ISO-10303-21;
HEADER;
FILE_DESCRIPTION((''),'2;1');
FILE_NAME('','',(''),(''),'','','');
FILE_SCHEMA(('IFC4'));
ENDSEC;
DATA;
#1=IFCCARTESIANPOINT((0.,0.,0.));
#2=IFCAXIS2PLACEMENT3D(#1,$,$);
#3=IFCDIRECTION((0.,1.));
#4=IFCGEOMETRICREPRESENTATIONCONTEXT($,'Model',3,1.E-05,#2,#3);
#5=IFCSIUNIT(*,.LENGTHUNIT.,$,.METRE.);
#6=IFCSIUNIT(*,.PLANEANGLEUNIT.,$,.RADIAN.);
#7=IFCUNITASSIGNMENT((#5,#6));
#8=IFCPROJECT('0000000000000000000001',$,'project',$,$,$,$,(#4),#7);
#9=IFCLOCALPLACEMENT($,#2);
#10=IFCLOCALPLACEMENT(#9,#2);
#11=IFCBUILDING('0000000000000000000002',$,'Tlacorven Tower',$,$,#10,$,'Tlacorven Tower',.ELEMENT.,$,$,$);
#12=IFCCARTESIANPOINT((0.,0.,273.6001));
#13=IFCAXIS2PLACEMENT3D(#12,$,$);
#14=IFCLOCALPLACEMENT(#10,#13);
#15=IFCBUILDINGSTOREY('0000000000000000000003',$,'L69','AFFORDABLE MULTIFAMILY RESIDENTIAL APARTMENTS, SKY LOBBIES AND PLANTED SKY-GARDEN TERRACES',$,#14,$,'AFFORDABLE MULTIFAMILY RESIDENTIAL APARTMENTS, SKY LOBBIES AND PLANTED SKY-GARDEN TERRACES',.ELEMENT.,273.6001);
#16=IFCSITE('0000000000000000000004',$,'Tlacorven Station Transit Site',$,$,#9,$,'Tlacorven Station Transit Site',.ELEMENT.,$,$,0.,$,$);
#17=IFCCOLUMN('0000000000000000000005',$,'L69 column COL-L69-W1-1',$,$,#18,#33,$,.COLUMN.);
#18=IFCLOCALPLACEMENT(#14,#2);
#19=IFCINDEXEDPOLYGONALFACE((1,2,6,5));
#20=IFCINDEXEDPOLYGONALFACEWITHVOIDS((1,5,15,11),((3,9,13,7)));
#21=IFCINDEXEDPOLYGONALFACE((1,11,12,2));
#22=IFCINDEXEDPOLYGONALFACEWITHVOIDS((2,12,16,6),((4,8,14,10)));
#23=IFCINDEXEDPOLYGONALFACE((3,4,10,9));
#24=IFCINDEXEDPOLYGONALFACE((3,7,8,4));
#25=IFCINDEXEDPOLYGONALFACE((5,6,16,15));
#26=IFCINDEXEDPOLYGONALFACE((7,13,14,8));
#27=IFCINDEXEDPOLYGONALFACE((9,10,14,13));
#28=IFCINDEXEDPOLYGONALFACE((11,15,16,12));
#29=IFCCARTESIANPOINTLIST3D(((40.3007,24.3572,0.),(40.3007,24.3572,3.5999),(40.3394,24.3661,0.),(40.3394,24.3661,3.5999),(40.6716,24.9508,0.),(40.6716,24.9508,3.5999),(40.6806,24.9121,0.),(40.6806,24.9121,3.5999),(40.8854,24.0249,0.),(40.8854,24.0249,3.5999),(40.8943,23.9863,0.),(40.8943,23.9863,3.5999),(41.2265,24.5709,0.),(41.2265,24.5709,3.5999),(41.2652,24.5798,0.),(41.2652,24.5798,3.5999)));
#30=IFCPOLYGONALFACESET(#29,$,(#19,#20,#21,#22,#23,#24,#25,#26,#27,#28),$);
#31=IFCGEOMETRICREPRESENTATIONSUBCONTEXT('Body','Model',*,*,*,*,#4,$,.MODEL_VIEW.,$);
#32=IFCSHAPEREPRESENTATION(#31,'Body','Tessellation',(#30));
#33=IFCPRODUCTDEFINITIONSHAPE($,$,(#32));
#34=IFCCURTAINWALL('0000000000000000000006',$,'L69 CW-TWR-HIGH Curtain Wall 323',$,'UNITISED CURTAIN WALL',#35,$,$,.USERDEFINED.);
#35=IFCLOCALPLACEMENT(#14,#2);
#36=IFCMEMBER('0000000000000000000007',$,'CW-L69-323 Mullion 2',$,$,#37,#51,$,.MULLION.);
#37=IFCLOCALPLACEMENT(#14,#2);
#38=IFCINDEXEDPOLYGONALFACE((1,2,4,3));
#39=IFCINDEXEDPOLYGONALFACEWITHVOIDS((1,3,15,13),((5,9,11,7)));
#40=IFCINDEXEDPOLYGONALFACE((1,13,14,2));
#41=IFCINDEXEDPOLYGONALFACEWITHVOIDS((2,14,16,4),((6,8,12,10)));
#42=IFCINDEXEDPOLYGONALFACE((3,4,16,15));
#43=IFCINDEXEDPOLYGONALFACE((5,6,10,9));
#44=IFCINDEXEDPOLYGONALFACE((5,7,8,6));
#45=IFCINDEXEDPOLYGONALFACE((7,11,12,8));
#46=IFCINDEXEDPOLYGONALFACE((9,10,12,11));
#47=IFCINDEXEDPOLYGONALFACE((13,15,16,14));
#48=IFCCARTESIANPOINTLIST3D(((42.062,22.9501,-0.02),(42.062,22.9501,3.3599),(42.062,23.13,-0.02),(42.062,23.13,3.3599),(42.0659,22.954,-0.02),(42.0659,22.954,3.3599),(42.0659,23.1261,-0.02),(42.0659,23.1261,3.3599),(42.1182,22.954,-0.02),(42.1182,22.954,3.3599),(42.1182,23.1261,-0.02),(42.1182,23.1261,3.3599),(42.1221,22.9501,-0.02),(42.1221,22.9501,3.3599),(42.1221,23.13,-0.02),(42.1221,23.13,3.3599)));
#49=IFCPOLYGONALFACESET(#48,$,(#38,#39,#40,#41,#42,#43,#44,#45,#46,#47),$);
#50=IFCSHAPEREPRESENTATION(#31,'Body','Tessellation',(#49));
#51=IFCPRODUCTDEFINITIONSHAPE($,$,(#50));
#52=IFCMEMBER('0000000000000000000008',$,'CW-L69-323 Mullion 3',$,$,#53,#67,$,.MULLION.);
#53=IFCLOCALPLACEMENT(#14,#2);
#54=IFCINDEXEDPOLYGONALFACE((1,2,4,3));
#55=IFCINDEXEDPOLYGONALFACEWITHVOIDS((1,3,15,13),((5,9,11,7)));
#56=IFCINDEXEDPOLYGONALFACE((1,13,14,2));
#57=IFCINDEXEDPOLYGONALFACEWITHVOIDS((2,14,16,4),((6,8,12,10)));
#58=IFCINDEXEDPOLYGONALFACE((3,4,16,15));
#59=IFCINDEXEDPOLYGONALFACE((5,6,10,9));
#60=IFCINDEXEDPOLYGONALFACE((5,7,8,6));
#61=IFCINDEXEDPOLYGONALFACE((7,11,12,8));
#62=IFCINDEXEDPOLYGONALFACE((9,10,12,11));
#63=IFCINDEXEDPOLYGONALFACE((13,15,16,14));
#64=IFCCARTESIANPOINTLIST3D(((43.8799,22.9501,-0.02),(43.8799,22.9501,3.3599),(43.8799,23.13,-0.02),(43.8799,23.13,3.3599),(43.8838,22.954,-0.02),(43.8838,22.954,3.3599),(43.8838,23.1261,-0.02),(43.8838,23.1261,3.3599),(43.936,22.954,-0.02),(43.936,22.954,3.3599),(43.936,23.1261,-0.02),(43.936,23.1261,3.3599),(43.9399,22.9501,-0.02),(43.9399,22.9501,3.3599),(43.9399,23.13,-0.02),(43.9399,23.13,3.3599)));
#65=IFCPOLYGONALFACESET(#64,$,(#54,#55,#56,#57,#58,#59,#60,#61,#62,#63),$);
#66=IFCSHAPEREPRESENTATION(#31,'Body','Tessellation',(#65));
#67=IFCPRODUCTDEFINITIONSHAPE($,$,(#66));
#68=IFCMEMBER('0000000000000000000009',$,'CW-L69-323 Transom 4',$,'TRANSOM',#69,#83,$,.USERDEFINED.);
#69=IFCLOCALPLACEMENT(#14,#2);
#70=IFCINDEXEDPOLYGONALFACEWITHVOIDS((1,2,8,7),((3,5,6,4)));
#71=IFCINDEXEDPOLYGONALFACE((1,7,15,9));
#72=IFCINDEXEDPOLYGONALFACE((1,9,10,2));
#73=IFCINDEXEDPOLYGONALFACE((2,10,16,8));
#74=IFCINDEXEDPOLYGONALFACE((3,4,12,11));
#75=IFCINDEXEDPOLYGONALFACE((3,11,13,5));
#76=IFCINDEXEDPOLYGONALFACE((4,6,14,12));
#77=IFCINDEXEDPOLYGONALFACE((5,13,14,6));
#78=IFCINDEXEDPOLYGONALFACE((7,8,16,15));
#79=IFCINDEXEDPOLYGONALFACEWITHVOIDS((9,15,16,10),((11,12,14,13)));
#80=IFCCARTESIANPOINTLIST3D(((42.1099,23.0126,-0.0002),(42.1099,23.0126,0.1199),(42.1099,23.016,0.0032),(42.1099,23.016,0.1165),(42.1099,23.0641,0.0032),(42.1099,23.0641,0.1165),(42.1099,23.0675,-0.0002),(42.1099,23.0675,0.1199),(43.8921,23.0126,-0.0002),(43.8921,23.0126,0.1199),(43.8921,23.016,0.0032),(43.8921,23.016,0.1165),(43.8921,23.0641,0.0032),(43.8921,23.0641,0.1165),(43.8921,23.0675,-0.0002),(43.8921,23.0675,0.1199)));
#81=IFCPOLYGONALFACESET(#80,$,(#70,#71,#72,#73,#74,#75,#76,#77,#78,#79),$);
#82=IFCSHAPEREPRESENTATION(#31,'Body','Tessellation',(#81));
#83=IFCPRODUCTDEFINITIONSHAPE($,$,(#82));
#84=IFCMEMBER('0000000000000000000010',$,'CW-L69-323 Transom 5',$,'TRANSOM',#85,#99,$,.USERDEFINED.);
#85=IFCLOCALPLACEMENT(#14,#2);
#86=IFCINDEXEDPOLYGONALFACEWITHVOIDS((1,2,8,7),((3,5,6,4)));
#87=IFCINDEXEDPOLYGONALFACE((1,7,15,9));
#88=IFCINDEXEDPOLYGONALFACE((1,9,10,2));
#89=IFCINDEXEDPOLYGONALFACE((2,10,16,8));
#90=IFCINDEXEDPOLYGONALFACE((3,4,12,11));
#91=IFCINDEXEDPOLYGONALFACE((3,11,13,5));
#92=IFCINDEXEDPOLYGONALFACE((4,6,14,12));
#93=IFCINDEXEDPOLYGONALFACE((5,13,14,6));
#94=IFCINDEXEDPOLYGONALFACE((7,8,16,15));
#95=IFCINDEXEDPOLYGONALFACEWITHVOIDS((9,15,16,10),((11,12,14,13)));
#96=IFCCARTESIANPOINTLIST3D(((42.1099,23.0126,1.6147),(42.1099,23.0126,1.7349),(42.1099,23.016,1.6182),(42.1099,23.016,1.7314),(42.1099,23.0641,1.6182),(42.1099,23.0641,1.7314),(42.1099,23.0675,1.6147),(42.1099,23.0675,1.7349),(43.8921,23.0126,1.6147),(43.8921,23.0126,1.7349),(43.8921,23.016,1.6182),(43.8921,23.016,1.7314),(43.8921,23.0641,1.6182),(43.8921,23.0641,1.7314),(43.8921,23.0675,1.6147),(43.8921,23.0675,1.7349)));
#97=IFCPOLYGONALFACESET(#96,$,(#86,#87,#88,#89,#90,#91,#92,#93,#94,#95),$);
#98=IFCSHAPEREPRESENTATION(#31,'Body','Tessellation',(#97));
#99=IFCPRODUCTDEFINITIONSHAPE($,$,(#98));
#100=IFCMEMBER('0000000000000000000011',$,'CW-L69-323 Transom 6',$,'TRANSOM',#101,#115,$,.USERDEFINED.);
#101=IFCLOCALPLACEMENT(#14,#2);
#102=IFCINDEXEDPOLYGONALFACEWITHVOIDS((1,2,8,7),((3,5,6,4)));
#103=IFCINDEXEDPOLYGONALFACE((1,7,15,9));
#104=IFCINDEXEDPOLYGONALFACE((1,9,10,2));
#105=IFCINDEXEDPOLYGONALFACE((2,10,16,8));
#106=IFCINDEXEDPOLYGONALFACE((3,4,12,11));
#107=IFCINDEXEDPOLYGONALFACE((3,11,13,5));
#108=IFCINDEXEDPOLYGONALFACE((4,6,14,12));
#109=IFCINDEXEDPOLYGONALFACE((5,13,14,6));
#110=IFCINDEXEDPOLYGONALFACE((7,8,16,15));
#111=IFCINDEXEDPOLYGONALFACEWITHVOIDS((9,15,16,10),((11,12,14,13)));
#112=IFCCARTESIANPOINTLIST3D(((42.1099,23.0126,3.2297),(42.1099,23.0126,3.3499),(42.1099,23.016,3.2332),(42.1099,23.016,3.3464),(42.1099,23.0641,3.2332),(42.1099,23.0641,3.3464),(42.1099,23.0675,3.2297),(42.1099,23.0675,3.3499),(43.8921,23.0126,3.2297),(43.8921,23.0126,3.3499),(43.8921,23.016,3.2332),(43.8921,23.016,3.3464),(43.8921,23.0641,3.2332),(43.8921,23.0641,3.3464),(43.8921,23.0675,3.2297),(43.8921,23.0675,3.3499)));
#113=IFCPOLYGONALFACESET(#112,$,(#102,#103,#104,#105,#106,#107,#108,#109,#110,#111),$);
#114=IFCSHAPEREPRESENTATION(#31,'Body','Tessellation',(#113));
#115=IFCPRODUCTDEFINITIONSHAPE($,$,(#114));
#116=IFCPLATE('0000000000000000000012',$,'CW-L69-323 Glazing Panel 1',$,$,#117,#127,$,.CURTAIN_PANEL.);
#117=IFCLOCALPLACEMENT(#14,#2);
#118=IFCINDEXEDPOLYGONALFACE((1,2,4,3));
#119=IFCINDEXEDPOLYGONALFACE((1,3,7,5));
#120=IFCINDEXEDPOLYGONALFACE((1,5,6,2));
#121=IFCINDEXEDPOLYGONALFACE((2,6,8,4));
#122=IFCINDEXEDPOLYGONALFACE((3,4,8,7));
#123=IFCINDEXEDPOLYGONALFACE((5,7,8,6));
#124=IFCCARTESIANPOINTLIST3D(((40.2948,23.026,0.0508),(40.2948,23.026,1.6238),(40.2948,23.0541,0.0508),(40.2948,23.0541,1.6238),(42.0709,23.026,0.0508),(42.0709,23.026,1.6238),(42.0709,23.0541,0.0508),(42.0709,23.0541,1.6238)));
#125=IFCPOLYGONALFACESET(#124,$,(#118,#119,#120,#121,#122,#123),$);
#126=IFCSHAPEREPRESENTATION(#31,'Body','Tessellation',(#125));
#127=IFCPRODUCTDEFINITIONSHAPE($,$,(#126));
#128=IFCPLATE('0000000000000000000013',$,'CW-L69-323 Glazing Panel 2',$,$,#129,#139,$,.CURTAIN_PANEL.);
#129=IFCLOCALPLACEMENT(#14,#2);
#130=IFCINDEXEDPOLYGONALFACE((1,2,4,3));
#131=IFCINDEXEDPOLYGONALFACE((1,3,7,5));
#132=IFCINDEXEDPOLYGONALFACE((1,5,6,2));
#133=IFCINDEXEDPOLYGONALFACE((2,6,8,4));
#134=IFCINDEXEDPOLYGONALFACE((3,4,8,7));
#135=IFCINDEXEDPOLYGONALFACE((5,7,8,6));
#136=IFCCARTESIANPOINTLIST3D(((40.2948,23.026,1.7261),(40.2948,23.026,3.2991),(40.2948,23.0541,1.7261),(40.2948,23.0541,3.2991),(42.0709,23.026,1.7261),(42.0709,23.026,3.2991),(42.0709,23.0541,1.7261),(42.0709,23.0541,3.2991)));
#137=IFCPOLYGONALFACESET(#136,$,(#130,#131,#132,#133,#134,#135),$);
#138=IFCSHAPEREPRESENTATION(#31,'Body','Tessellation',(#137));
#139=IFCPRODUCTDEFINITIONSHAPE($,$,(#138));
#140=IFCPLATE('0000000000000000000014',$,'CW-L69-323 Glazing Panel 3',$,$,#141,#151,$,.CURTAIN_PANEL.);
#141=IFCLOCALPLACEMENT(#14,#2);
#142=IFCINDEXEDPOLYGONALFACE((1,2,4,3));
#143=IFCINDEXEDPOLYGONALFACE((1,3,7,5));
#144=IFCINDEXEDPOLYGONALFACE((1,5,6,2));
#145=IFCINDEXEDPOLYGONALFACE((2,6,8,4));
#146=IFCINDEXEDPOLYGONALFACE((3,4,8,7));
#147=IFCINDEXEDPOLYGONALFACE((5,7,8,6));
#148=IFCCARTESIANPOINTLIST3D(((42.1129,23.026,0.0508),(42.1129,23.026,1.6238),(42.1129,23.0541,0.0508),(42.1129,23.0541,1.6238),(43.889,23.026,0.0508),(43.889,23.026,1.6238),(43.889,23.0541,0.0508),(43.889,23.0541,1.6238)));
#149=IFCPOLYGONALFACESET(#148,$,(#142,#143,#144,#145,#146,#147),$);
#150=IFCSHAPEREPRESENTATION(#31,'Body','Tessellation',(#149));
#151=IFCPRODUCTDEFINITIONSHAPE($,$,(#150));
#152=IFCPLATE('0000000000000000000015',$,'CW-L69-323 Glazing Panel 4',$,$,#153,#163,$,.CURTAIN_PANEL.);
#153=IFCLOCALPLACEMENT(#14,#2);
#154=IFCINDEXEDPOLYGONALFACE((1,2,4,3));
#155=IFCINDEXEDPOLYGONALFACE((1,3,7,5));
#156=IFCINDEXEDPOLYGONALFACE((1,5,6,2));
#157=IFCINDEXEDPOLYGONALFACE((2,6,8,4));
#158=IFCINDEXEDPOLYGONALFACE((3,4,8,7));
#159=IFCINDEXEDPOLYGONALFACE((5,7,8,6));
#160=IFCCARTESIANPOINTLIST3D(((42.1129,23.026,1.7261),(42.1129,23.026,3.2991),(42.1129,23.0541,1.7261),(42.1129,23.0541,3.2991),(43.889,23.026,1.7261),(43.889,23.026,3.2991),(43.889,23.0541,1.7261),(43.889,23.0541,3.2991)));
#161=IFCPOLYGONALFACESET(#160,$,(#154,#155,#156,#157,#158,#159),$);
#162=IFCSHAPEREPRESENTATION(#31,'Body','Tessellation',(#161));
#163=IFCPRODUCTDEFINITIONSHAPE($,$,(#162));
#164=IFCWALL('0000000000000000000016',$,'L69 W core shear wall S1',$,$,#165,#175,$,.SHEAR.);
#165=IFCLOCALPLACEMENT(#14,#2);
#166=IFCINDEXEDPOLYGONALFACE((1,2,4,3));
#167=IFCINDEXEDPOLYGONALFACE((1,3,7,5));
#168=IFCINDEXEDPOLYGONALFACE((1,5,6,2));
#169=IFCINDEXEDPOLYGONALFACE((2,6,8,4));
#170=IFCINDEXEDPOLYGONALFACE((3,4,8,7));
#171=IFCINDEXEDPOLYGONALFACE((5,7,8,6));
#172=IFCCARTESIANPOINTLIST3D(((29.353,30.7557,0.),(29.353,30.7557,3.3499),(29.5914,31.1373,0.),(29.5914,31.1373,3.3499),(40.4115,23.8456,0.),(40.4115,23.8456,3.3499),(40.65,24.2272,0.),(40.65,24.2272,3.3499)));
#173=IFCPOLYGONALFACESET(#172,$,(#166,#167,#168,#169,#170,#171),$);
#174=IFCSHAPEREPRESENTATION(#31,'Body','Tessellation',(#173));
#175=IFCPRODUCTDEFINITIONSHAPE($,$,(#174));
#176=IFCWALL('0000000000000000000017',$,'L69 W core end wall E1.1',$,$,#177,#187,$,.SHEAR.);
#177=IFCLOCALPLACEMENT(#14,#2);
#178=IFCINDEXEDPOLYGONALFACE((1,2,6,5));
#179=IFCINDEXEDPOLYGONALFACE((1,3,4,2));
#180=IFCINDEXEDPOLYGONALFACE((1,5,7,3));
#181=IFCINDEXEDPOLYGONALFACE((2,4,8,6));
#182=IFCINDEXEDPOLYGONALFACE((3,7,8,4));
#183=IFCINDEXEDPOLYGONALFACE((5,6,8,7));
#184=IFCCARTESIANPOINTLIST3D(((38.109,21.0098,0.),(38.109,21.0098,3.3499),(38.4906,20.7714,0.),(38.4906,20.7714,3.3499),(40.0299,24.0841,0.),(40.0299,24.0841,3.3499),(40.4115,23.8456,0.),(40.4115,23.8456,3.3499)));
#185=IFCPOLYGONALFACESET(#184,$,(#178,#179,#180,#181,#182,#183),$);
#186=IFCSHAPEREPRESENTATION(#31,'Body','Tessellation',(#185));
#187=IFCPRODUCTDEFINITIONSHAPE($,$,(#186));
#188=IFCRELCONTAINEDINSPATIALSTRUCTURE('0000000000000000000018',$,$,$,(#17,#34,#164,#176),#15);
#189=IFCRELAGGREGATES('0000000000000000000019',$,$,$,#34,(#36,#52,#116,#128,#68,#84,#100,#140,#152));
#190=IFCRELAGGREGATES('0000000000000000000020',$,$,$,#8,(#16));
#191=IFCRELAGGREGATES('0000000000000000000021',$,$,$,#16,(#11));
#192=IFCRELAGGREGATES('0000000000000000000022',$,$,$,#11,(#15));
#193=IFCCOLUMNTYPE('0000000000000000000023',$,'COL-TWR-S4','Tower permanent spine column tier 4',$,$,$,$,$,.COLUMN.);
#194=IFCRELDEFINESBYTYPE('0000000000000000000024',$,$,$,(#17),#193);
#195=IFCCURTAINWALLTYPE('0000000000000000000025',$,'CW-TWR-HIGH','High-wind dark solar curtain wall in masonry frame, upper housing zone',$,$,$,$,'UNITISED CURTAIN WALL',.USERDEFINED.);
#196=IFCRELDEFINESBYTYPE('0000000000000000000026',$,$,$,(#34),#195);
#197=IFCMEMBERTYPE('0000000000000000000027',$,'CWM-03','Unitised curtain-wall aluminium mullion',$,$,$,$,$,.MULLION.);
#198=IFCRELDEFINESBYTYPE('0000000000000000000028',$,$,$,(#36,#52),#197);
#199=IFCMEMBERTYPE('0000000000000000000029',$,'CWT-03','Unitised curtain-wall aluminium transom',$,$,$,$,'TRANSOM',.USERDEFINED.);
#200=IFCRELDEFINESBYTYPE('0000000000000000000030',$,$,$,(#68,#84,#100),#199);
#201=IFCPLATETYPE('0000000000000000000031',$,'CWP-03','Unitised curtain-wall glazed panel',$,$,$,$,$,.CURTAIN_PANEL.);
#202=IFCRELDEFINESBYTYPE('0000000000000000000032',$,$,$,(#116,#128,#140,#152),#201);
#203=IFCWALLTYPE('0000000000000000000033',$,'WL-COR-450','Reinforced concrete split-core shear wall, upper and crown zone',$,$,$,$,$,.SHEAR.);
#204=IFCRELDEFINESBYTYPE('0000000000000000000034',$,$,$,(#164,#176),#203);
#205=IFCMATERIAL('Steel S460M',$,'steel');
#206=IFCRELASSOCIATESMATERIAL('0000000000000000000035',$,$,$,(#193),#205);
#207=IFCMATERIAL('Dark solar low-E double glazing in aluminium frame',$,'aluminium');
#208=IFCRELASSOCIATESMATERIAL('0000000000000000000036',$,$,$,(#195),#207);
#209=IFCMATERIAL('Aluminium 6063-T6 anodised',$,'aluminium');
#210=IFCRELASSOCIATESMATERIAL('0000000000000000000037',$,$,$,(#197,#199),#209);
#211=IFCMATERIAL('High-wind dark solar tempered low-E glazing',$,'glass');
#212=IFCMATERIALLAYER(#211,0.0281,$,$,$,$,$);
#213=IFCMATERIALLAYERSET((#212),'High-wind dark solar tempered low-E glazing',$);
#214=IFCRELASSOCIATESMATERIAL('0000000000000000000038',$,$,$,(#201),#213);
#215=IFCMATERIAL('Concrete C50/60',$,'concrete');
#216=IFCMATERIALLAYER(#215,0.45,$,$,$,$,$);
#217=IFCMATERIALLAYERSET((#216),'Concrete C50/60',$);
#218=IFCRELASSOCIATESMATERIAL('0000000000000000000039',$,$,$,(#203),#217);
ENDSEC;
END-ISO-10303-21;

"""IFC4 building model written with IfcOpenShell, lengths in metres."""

from ifc_helpers import new_model, si_unit, direction, frame, frame_2d, origin, origin_2d, place, context, subcontext, project, spatial, rectangle, hollow_rectangle, extrude, source, transform, mapped, material, layer, layer_set, material_profile, profile_set, type_object, element, aggregate, save


model = new_model("IFC4")

# Units and contexts
model_context = context("Model", 3, precision=1e-05, world=origin(), true_north=direction((0.0, 1.0)))
body_context = subcontext(model_context, "Body", "Model", "MODEL_VIEW")
ifc_project = project(units=[si_unit("LENGTHUNIT", "METRE"), si_unit("PLANEANGLEUNIT", "RADIAN")], contexts=[model_context])

# Site, building, storey
site_placement = place(None, origin())
site = spatial("IfcSite", under=ifc_project, at=site_placement, Name="Tlacorven Station Transit Site", LongName="Tlacorven Station Transit Site", CompositionType="ELEMENT", RefElevation=0.0)
building_placement = place(site_placement, origin())
building = spatial("IfcBuilding", under=site, at=building_placement, Name="Tlacorven Tower", LongName="Tlacorven Tower", CompositionType="ELEMENT")
storey_placement = place(building_placement, frame((0.0, 0.0, 273.6001)))
storey = spatial("IfcBuildingStorey", under=building, at=storey_placement, Name="L69", Description="AFFORDABLE MULTIFAMILY RESIDENTIAL APARTMENTS, SKY LOBBIES AND PLANTED SKY-GARDEN TERRACES", LongName="AFFORDABLE MULTIFAMILY RESIDENTIAL APARTMENTS, SKY LOBBIES AND PLANTED SKY-GARDEN TERRACES", CompositionType="ELEMENT", Elevation=273.6001)

# Column
ifc_material_1 = material(Name="Steel S460M", Category="steel")
ifc_material_profile_1 = material_profile(ifc_material_1, hollow_rectangle(XDim=0.7, YDim=0.7, WallThickness=0.0281, at=origin_2d()), Name="BOX 700X700X28")
ifc_profile_set_1 = profile_set([ifc_material_profile_1], Name="Steel S460M")
column_type = type_object("IfcColumnType", Name="COL-TWR-S4", Description="Tower permanent spine column tier 4", PredefinedType="COLUMN", material=ifc_profile_set_1)
shared_shape_1 = source(origin(), body_context, "Body", "SweptSolid", [
    extrude(hollow_rectangle(XDim=0.7, YDim=0.7, WallThickness=0.0281, at=origin_2d()), origin(), (0.0, 0.0, 1.0), 3.5999),
])
column_placement = place(storey_placement, frame((40.783, 24.4685, 0.0), z_axis=(0.0, 0.0, 1.0), x_axis=(-0.848048, 0.529919, 0.0)))
element("IfcColumn", 1, at=column_placement, inside=storey, type_object=column_type, Name="L69 column COL-L69-W1-1", PredefinedType="COLUMN", context=body_context, shape_type="MappedRepresentation", body=[
    mapped(shared_shape_1, transform((0.0, 0.0, 0.0), scale=1.0)),
])

# Curtain wall, members, plates
ifc_material_2 = material(Name="Dark solar low-E double glazing in aluminium frame", Category="aluminium")
curtain_wall_type = type_object("IfcCurtainWallType", Name="CW-TWR-HIGH", Description="High-wind dark solar curtain wall in masonry frame, upper housing zone", ElementType="UNITISED CURTAIN WALL", PredefinedType="USERDEFINED", material=ifc_material_2)
curtain_wall_placement = place(storey_placement, origin())
curtain_wall = element("IfcCurtainWall", 2, at=curtain_wall_placement, inside=storey, type_object=curtain_wall_type, Name="L69 CW-TWR-HIGH Curtain Wall 323", ObjectType="UNITISED CURTAIN WALL", PredefinedType="USERDEFINED")
ifc_material_3 = material(Name="Aluminium 6063-T6 anodised", Category="aluminium")
ifc_material_profile_2 = material_profile(ifc_material_3, hollow_rectangle(XDim=0.0601, YDim=0.1799, WallThickness=0.0039, at=origin_2d()), Name="ALU MULLION 60X180")
ifc_profile_set_2 = profile_set([ifc_material_profile_2], Name="Aluminium 6063-T6 anodised")
member_type_1 = type_object("IfcMemberType", Name="CWM-03", Description="Unitised curtain-wall aluminium mullion", PredefinedType="MULLION", material=ifc_profile_set_2)
shared_shape_2 = source(origin(), body_context, "Body", "SweptSolid", [
    extrude(hollow_rectangle(XDim=0.0601, YDim=0.1799, WallThickness=0.0039, at=origin_2d()), origin(), (0.0, 0.0, 1.0), 3.3799),
])
member_1_placement = place(storey_placement, frame((42.092, 23.04, -0.02), z_axis=(0.0, 0.0, 1.0), x_axis=(1.0, 0.0, 0.0)))
member_1 = element("IfcMember", 3, at=member_1_placement, type_object=member_type_1, Name="CW-L69-323 Mullion 2", PredefinedType="MULLION", context=body_context, shape_type="MappedRepresentation", body=[
    mapped(shared_shape_2, transform((0.0, 0.0, 0.0), scale=1.0)),
])
member_2_placement = place(storey_placement, frame((43.9099, 23.04, -0.02), z_axis=(0.0, 0.0, 1.0), x_axis=(1.0, 0.0, 0.0)))
member_2 = element("IfcMember", 4, at=member_2_placement, type_object=member_type_1, Name="CW-L69-323 Mullion 3", PredefinedType="MULLION", context=body_context, shape_type="MappedRepresentation", body=[
    mapped(shared_shape_2, transform((0.0, 0.0, 0.0), scale=1.0)),
])
ifc_material_profile_3 = material_profile(ifc_material_3, hollow_rectangle(XDim=0.0549, YDim=0.1201, WallThickness=0.0034, at=origin_2d()), Name="ALU TRANSOM 55X120")
ifc_profile_set_3 = profile_set([ifc_material_profile_3], Name="Aluminium 6063-T6 anodised")
member_type_2 = type_object("IfcMemberType", Name="CWT-03", Description="Unitised curtain-wall aluminium transom", ElementType="TRANSOM", PredefinedType="USERDEFINED", material=ifc_profile_set_3)
shared_shape_3 = source(origin(), body_context, "Body", "SweptSolid", [
    extrude(hollow_rectangle(XDim=0.0549, YDim=0.1201, WallThickness=0.0034, at=origin_2d()), origin(), (0.0, 0.0, 1.0), 1.7822),
])
member_3_placement = place(storey_placement, frame((42.1099, 23.04, 0.0598), z_axis=(1.0, 0.0, 0.0), x_axis=(0.0, 1.0, 0.0)))
member_3 = element("IfcMember", 5, at=member_3_placement, type_object=member_type_2, Name="CW-L69-323 Transom 4", ObjectType="TRANSOM", PredefinedType="USERDEFINED", context=body_context, shape_type="MappedRepresentation", body=[
    mapped(shared_shape_3, transform((0.0, 0.0, 0.0), scale=1.0)),
])
member_4_placement = place(storey_placement, frame((42.1099, 23.04, 1.6748), z_axis=(1.0, 0.0, 0.0), x_axis=(0.0, 1.0, 0.0)))
member_4 = element("IfcMember", 6, at=member_4_placement, type_object=member_type_2, Name="CW-L69-323 Transom 5", ObjectType="TRANSOM", PredefinedType="USERDEFINED", context=body_context, shape_type="MappedRepresentation", body=[
    mapped(shared_shape_3, transform((0.0, 0.0, 0.0), scale=1.0)),
])
member_5_placement = place(storey_placement, frame((42.1099, 23.04, 3.2898), z_axis=(1.0, 0.0, 0.0), x_axis=(0.0, 1.0, 0.0)))
member_5 = element("IfcMember", 7, at=member_5_placement, type_object=member_type_2, Name="CW-L69-323 Transom 6", ObjectType="TRANSOM", PredefinedType="USERDEFINED", context=body_context, shape_type="MappedRepresentation", body=[
    mapped(shared_shape_3, transform((0.0, 0.0, 0.0), scale=1.0)),
])
ifc_material_4 = material(Name="High-wind dark solar tempered low-E glazing", Category="glass")
ifc_layer_1 = layer(ifc_material_4, 0.0281)
ifc_layer_set_1 = layer_set([ifc_layer_1], Name="High-wind dark solar tempered low-E glazing")
plate_type = type_object("IfcPlateType", Name="CWP-03", Description="Unitised curtain-wall glazed panel", PredefinedType="CURTAIN_PANEL", material=ifc_layer_set_1)
shared_shape_4 = source(origin(), body_context, "Body", "SweptSolid", [
    extrude(rectangle(XDim=1.7761, YDim=0.0281, at=origin_2d()), origin(), (0.0, 0.0, 1.0), 1.573),
])
plate_1_placement = place(storey_placement, frame((41.1829, 23.04, 0.0508), z_axis=(0.0, 0.0, 1.0), x_axis=(1.0, 0.0, 0.0)))
plate_1 = element("IfcPlate", 8, at=plate_1_placement, type_object=plate_type, Name="CW-L69-323 Glazing Panel 1", PredefinedType="CURTAIN_PANEL", context=body_context, shape_type="MappedRepresentation", body=[
    mapped(shared_shape_4, transform((0.0, 0.0, 0.0), scale=1.0)),
])
plate_2_placement = place(storey_placement, frame((41.1829, 23.04, 1.7261), z_axis=(0.0, 0.0, 1.0), x_axis=(1.0, 0.0, 0.0)))
plate_2 = element("IfcPlate", 9, at=plate_2_placement, type_object=plate_type, Name="CW-L69-323 Glazing Panel 2", PredefinedType="CURTAIN_PANEL", context=body_context, shape_type="MappedRepresentation", body=[
    mapped(shared_shape_4, transform((0.0, 0.0, 0.0), scale=1.0)),
])
plate_3_placement = place(storey_placement, frame((43.001, 23.04, 0.0508), z_axis=(0.0, 0.0, 1.0), x_axis=(1.0, 0.0, 0.0)))
plate_3 = element("IfcPlate", 10, at=plate_3_placement, type_object=plate_type, Name="CW-L69-323 Glazing Panel 3", PredefinedType="CURTAIN_PANEL", context=body_context, shape_type="MappedRepresentation", body=[
    mapped(shared_shape_4, transform((0.0, 0.0, 0.0), scale=1.0)),
])
plate_4_placement = place(storey_placement, frame((43.001, 23.04, 1.7261), z_axis=(0.0, 0.0, 1.0), x_axis=(1.0, 0.0, 0.0)))
plate_4 = element("IfcPlate", 11, at=plate_4_placement, type_object=plate_type, Name="CW-L69-323 Glazing Panel 4", PredefinedType="CURTAIN_PANEL", context=body_context, shape_type="MappedRepresentation", body=[
    mapped(shared_shape_4, transform((0.0, 0.0, 0.0), scale=1.0)),
])
aggregate(curtain_wall, [member_1, member_2, plate_1, plate_2, member_3, member_4, member_5, plate_3, plate_4])

# Walls
ifc_material_5 = material(Name="Concrete C50/60", Category="concrete")
ifc_layer_2 = layer(ifc_material_5, 0.45)
ifc_layer_set_2 = layer_set([ifc_layer_2], Name="Concrete C50/60")
wall_type_1 = type_object("IfcWallType", Name="WL-COR-450", Description="Reinforced concrete split-core shear wall, upper and crown zone", PredefinedType="SHEAR", material=ifc_layer_set_2)
wall_1_placement = place(storey_placement, frame((40.5308, 24.0364, 0.0), z_axis=(0.0, 0.0, 1.0), x_axis=(-0.848049, 0.529918, 0.0)))
element("IfcWall", 12, at=wall_1_placement, inside=storey, type_object=wall_type_1, Name="L69 W core shear wall S1", PredefinedType="SHEAR", context=body_context, shape_type="SweptSolid", body=[
    extrude(rectangle(XDim=13.04, YDim=0.45, at=frame_2d((6.52, 0.0))), origin(), (0.0, 0.0, 1.0), 3.3499),
])
wall_2_placement = place(storey_placement, frame((40.2207, 23.9648, 0.0), z_axis=(0.0, 0.0, 1.0), x_axis=(-0.529902, -0.848059, 0.0)))
element("IfcWall", 13, at=wall_2_placement, inside=storey, type_object=wall_type_1, Name="L69 W core end wall E1.1", PredefinedType="SHEAR", context=body_context, shape_type="SweptSolid", body=[
    extrude(rectangle(XDim=3.625, YDim=0.45, at=frame_2d((1.8125, 0.0))), origin(), (0.0, 0.0, 1.0), 3.3499),
])

save(model, "model.ifc")
